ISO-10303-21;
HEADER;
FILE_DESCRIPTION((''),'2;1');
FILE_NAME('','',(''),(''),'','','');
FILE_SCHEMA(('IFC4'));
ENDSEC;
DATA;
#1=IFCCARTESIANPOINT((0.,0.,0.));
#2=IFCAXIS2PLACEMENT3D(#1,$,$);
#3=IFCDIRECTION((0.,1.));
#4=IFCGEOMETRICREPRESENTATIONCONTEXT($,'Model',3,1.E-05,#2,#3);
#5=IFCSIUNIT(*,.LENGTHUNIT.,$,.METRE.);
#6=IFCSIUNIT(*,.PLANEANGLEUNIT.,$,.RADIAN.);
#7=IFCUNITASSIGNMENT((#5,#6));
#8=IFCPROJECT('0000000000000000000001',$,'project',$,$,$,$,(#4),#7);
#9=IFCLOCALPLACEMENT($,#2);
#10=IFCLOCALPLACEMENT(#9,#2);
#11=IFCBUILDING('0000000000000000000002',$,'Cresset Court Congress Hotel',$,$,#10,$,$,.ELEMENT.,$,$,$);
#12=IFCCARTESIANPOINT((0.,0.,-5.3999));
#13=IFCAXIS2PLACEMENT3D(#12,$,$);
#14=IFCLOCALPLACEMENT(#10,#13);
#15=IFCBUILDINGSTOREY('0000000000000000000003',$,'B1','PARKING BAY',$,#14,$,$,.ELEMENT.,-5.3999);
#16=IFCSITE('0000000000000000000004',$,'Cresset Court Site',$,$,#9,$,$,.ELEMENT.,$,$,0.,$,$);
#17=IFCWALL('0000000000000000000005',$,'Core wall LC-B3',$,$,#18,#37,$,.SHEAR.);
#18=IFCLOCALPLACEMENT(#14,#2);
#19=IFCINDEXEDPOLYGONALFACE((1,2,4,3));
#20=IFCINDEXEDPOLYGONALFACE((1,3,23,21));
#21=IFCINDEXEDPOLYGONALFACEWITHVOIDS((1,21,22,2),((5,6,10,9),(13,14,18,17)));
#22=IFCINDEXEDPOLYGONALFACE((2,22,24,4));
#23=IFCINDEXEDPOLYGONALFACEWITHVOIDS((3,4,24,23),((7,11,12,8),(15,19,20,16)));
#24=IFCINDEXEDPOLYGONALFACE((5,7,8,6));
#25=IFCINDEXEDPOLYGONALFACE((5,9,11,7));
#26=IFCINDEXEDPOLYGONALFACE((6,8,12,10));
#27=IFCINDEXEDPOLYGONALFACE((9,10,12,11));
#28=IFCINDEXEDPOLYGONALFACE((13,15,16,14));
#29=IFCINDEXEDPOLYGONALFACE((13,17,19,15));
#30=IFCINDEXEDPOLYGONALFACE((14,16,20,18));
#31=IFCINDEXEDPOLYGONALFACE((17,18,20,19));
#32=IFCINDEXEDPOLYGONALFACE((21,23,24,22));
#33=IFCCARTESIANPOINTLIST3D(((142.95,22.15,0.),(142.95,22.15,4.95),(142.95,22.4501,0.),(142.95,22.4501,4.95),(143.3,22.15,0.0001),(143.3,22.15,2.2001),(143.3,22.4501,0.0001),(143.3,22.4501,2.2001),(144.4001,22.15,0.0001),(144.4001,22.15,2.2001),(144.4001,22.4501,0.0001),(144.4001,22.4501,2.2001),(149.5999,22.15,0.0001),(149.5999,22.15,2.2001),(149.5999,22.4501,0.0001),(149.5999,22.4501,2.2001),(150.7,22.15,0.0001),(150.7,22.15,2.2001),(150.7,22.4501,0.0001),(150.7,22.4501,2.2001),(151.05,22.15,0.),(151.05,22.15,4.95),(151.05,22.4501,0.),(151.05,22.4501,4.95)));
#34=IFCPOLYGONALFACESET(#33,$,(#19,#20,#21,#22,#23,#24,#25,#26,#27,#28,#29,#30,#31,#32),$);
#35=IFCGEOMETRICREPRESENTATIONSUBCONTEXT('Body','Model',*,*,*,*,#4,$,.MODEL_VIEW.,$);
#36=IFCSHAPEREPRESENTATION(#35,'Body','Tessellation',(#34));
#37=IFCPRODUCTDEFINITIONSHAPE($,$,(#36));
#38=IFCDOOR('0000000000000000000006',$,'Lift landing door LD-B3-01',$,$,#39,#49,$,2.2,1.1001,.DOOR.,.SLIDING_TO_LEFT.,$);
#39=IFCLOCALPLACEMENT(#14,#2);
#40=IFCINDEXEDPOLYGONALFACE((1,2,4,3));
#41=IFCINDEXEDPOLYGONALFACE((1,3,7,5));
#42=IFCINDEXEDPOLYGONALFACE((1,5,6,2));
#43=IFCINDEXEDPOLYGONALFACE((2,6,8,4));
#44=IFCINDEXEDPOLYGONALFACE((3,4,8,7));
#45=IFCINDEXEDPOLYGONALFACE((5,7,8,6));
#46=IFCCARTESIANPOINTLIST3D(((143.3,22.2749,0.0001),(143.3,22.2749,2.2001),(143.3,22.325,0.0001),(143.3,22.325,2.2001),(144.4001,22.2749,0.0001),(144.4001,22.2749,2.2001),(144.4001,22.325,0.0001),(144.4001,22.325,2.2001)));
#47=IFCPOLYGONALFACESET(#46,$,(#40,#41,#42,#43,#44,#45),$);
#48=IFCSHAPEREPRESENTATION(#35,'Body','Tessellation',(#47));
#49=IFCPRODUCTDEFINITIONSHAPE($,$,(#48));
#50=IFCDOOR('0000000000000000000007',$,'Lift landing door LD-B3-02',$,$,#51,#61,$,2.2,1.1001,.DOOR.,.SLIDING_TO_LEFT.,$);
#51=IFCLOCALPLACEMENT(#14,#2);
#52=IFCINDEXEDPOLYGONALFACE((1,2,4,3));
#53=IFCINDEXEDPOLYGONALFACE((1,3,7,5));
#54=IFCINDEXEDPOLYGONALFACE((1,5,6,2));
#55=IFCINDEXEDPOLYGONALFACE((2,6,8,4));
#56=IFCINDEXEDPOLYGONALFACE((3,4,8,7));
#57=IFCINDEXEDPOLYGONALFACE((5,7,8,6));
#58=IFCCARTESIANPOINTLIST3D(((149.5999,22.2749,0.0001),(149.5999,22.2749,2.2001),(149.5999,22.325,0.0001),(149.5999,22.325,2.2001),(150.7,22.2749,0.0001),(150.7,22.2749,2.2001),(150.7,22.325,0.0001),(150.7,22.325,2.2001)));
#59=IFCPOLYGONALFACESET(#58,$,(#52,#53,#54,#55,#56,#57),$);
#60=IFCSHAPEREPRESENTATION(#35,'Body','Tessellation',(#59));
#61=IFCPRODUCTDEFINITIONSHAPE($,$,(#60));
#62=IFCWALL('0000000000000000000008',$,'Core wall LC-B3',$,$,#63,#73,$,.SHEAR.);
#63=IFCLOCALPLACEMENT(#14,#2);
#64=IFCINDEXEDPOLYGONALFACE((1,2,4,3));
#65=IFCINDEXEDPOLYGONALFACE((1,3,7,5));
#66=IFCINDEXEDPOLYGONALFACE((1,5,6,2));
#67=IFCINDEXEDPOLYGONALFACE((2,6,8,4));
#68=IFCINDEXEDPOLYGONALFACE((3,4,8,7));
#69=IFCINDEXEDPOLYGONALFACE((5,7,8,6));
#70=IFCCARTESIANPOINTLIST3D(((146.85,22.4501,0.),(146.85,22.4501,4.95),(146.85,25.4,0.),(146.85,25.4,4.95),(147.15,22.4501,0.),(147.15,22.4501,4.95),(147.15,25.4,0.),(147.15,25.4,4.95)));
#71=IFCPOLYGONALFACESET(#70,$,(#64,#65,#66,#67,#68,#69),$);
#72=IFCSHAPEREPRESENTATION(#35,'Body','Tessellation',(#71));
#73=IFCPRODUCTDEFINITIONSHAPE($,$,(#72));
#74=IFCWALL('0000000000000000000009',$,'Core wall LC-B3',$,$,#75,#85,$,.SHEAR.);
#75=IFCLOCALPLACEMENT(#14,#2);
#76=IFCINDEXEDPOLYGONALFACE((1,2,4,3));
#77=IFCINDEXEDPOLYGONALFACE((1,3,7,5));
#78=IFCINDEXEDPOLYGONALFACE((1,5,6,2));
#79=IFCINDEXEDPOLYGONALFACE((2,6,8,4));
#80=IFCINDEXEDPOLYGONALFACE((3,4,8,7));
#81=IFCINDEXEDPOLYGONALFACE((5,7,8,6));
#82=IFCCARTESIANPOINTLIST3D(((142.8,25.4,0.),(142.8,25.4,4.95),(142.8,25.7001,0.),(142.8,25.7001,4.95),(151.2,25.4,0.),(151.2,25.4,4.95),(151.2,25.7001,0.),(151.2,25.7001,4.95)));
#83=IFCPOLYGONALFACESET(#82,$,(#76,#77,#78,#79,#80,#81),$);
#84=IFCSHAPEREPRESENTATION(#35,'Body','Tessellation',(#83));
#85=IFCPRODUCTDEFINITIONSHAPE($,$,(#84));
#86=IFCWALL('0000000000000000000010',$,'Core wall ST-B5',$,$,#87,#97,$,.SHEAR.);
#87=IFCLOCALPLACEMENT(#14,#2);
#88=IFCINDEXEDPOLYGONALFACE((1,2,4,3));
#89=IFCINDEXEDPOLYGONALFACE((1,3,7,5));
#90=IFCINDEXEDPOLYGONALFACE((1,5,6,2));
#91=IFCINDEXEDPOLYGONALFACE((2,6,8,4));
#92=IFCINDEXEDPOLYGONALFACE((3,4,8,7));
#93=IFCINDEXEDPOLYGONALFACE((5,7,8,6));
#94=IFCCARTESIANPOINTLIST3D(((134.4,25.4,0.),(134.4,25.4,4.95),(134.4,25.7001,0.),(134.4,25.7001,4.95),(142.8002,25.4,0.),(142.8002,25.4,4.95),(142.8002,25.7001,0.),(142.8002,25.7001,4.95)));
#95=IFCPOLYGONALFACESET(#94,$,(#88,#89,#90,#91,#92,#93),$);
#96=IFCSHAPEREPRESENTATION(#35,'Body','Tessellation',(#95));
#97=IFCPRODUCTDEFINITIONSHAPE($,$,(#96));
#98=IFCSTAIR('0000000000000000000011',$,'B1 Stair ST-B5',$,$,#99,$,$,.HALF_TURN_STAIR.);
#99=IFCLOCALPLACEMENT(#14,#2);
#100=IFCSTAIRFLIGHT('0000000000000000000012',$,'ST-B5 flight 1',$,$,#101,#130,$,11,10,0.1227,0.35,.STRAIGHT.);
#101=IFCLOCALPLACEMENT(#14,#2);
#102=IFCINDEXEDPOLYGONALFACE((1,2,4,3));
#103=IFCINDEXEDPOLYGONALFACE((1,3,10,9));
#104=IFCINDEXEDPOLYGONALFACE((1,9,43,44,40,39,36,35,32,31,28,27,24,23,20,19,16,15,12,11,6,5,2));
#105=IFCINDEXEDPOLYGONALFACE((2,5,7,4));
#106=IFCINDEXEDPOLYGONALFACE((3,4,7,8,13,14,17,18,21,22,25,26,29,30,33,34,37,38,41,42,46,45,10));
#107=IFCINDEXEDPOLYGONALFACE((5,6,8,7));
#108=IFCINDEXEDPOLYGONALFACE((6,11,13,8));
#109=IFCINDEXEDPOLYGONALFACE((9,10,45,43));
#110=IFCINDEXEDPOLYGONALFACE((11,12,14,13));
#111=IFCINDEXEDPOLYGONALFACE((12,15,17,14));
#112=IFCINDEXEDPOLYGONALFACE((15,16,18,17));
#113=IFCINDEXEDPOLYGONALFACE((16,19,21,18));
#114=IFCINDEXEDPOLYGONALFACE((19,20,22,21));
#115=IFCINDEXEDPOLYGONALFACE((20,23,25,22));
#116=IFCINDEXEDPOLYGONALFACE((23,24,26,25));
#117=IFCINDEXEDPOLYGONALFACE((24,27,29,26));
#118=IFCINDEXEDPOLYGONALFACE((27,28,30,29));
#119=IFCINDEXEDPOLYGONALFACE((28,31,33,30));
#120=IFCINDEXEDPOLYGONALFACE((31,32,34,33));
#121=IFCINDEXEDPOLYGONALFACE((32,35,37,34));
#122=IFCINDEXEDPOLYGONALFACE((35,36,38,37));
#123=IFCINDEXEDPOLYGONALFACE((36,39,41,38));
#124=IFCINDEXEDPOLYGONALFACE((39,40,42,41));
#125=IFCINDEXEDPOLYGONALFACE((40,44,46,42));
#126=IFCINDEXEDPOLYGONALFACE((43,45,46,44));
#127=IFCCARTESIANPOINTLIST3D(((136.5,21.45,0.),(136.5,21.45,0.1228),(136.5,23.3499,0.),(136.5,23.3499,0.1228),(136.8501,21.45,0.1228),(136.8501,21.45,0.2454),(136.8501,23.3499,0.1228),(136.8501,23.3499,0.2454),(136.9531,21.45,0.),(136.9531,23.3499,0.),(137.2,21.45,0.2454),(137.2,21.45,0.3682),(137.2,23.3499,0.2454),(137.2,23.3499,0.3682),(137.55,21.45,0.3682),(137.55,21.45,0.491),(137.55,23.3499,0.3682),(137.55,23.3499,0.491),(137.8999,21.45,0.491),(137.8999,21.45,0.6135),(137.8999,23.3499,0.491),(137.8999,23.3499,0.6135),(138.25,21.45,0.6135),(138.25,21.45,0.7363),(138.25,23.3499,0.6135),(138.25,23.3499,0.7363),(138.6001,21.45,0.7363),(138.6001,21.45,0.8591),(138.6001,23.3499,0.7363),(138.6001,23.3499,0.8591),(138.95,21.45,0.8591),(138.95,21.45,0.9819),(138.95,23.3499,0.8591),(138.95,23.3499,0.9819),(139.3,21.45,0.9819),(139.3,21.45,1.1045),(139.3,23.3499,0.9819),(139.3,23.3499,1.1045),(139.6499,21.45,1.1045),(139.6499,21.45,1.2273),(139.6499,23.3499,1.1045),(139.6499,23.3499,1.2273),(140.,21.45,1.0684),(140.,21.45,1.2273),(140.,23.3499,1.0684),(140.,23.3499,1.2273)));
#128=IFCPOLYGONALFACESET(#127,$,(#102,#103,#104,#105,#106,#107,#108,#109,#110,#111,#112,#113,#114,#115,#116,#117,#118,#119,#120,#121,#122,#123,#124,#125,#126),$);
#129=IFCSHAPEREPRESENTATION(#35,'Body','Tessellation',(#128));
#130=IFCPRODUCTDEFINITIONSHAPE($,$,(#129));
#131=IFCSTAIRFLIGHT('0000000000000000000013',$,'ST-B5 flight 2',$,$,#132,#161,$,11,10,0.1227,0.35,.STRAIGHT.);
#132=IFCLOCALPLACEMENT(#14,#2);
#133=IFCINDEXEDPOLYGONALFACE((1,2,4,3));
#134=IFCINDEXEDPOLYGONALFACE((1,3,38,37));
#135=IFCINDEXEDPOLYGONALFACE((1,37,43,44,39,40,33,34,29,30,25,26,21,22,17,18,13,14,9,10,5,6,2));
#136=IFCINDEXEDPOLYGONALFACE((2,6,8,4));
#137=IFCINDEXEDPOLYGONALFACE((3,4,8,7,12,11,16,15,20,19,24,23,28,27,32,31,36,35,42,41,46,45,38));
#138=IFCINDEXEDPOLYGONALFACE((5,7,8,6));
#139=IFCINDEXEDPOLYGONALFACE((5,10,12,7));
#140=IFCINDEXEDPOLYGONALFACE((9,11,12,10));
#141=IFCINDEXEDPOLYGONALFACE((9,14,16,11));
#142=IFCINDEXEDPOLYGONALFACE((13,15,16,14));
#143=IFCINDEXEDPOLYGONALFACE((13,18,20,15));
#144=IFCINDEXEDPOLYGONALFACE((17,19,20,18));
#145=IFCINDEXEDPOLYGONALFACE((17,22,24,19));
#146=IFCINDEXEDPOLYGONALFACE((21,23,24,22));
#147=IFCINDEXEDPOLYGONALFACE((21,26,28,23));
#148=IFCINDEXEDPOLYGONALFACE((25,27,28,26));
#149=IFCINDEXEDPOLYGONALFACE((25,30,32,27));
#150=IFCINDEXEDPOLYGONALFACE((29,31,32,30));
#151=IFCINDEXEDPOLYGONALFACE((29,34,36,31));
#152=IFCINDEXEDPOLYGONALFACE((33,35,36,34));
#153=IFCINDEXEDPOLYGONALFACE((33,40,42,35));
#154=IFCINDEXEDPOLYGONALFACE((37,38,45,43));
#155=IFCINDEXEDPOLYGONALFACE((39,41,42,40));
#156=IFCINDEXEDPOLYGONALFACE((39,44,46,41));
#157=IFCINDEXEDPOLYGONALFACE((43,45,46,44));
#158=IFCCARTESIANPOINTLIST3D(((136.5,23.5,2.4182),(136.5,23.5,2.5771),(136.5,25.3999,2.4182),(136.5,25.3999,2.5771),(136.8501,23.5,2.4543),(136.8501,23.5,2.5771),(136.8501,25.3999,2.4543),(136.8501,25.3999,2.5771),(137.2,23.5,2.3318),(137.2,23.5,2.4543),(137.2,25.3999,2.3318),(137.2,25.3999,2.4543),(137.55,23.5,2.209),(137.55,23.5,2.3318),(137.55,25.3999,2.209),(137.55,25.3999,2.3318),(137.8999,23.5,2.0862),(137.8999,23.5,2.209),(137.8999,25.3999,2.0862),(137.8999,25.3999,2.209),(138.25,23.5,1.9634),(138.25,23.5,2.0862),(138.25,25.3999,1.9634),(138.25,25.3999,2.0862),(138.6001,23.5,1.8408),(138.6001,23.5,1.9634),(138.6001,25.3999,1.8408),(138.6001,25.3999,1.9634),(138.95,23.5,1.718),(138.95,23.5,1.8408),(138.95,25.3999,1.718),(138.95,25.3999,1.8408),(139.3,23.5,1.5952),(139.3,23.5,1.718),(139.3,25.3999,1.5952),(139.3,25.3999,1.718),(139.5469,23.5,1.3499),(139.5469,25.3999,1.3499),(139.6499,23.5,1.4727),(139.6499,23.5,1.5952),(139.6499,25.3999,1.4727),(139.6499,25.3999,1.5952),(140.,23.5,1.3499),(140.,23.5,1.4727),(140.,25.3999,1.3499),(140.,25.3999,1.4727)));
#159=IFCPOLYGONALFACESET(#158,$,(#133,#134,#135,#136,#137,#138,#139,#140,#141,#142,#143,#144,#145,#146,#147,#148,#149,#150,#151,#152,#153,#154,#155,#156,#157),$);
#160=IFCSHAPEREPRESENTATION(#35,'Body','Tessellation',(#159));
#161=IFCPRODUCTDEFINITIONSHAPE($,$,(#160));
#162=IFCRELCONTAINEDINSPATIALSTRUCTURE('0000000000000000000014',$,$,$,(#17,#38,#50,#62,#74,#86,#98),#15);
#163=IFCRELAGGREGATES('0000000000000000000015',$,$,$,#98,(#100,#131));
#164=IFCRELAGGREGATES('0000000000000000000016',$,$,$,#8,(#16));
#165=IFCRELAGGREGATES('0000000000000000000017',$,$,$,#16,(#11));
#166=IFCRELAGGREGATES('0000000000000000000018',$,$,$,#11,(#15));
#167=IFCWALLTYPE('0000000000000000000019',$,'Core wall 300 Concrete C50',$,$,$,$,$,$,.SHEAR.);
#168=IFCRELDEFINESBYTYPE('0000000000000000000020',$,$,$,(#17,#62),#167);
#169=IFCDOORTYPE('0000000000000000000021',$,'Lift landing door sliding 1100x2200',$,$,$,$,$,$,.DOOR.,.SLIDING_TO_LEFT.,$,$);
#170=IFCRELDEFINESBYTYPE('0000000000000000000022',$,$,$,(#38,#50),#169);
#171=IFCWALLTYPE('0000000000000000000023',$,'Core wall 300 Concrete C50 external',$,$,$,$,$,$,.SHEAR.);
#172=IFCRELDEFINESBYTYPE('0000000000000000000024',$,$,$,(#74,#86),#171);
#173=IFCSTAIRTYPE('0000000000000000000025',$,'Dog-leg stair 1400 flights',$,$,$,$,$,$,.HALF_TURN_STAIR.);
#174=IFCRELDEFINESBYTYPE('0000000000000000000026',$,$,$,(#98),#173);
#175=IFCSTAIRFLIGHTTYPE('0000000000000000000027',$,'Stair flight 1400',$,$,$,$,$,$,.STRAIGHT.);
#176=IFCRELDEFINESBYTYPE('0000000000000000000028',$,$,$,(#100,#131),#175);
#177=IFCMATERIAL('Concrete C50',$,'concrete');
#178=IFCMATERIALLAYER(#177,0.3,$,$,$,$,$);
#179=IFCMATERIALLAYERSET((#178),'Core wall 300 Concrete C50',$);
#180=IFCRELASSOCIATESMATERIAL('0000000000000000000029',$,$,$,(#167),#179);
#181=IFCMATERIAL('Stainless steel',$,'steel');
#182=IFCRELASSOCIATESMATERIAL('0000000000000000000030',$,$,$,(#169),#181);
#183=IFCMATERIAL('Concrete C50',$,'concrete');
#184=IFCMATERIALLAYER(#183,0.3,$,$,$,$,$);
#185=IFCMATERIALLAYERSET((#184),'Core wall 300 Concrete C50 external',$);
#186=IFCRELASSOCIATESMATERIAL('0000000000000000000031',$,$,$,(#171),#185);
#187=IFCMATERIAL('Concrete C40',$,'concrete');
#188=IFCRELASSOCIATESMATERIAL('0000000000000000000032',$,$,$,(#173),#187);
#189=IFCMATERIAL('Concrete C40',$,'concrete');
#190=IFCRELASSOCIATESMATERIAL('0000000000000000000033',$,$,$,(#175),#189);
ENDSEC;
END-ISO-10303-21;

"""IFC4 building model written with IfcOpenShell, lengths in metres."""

from ifc_helpers import new_model, si_unit, direction, frame, frame_2d, origin, place, context, subcontext, project, spatial, polyline, rectangle, outline, extrude, material, layer, layer_set, type_object, element, fill, aggregate, save


model = new_model("IFC4")

# Units and contexts
model_context = context("Model", 3, precision=1e-05, world=origin(), true_north=direction((0.0, 1.0)))
body_context = subcontext(model_context, "Body", "Model", "MODEL_VIEW")
ifc_project = project(units=[si_unit("LENGTHUNIT", "METRE"), si_unit("PLANEANGLEUNIT", "RADIAN")], contexts=[model_context])

# Site, building, storey
site_placement = place(None, origin())
site = spatial("IfcSite", under=ifc_project, at=site_placement, Name="Cresset Court Site", CompositionType="ELEMENT", RefElevation=0.0)
building_placement = place(site_placement, origin())
building = spatial("IfcBuilding", under=site, at=building_placement, Name="Cresset Court Congress Hotel", CompositionType="ELEMENT")
storey_placement = place(building_placement, frame((0.0, 0.0, -5.3999)))
storey = spatial("IfcBuildingStorey", under=building, at=storey_placement, Name="B1", Description="PARKING BAY", CompositionType="ELEMENT", Elevation=-5.3999)

# Wall, openings, doors
ifc_material_1 = material(Name="Concrete C50", Category="concrete")
ifc_layer_1 = layer(ifc_material_1, 0.3)
ifc_layer_set_1 = layer_set([ifc_layer_1], Name="Core wall 300 Concrete C50")
wall_type_1 = type_object("IfcWallType", Name="Core wall 300 Concrete C50", PredefinedType="SHEAR", material=ifc_layer_set_1)
wall_1_placement = place(storey_placement, frame((142.95, 22.3, 0.0), z_axis=(0.0, 0.0, 1.0), x_axis=(1.0, 0.0, 0.0)))
wall_1 = element("IfcWall", 1, at=wall_1_placement, inside=storey, type_object=wall_type_1, Name="Core wall LC-B3", PredefinedType="SHEAR", context=body_context, shape_type="SweptSolid", body=[
    extrude(rectangle(XDim=8.1001, YDim=0.3, at=frame_2d((4.05, 0.0))), origin(), (0.0, 0.0, 1.0), 4.95),
])
opening_1_placement = place(wall_1_placement, frame((0.3501, 0.0, 0.0)))
opening_1 = element("IfcOpeningElement", 2, at=opening_1_placement, cuts=wall_1, PredefinedType="OPENING", context=body_context, shape_type="SweptSolid", body=[
    extrude(rectangle(XDim=1.1001, YDim=2.2, at=frame_2d((0.55, 1.1001))), frame((0.0, 0.1599, 0.0), z_axis=(0.0, -1.0, 0.0), x_axis=(1.0, 0.0, 0.0)), (0.0, 0.0, 1.0), 0.3201),
])
opening_2_placement = place(wall_1_placement, frame((6.6499, 0.0, 0.0)))
opening_2 = element("IfcOpeningElement", 3, at=opening_2_placement, cuts=wall_1, PredefinedType="OPENING", context=body_context, shape_type="SweptSolid", body=[
    extrude(rectangle(XDim=1.1001, YDim=2.2, at=frame_2d((0.55, 1.1001))), frame((0.0, 0.1599, 0.0), z_axis=(0.0, -1.0, 0.0), x_axis=(1.0, 0.0, 0.0)), (0.0, 0.0, 1.0), 0.3201),
])
ifc_material_2 = material(Name="Stainless steel", Category="steel")
door_type = type_object("IfcDoorType", Name="Lift landing door sliding 1100x2200", OperationType="SLIDING_TO_LEFT", PredefinedType="DOOR", material=ifc_material_2)
door_1_placement = place(opening_1_placement, origin())
door_1 = element("IfcDoor", 4, at=door_1_placement, inside=storey, type_object=door_type, Name="Lift landing door LD-B3-01", OperationType="SLIDING_TO_LEFT", OverallHeight=2.2, OverallWidth=1.1001, PredefinedType="DOOR", context=body_context, shape_type="SweptSolid", body=[
    extrude(rectangle(XDim=1.1001, YDim=2.2, at=frame_2d((0.55, 1.1001))), frame((0.0, 0.0249, 0.0), z_axis=(0.0, -1.0, 0.0), x_axis=(1.0, 0.0, 0.0)), (0.0, 0.0, 1.0), 0.05),
])
fill(opening_1, door_1)
door_2_placement = place(opening_2_placement, origin())
door_2 = element("IfcDoor", 5, at=door_2_placement, inside=storey, type_object=door_type, Name="Lift landing door LD-B3-02", OperationType="SLIDING_TO_LEFT", OverallHeight=2.2, OverallWidth=1.1001, PredefinedType="DOOR", context=body_context, shape_type="SweptSolid", body=[
    extrude(rectangle(XDim=1.1001, YDim=2.2, at=frame_2d((0.55, 1.1001))), frame((0.0, 0.0249, 0.0), z_axis=(0.0, -1.0, 0.0), x_axis=(1.0, 0.0, 0.0)), (0.0, 0.0, 1.0), 0.05),
])
fill(opening_2, door_2)

# Walls
wall_2_placement = place(storey_placement, frame((147.0, 22.45, 0.0), z_axis=(0.0, 0.0, 1.0), x_axis=(0.0, 1.0, 0.0)))
element("IfcWall", 6, at=wall_2_placement, inside=storey, type_object=wall_type_1, Name="Core wall LC-B3", PredefinedType="SHEAR", context=body_context, shape_type="SweptSolid", body=[
    extrude(rectangle(XDim=2.95, YDim=0.3, at=frame_2d((1.4751, 0.0))), origin(), (0.0, 0.0, 1.0), 4.95),
])
ifc_material_3 = material(Name="Concrete C50", Category="concrete")
ifc_layer_2 = layer(ifc_material_3, 0.3)
ifc_layer_set_2 = layer_set([ifc_layer_2], Name="Core wall 300 Concrete C50 external")
wall_type_2 = type_object("IfcWallType", Name="Core wall 300 Concrete C50 external", PredefinedType="SHEAR", material=ifc_layer_set_2)
wall_3_placement = place(storey_placement, frame((142.8, 25.55, 0.0), z_axis=(0.0, 0.0, 1.0), x_axis=(1.0, 0.0, 0.0)))
element("IfcWall", 7, at=wall_3_placement, inside=storey, type_object=wall_type_2, Name="Core wall LC-B3", PredefinedType="SHEAR", context=body_context, shape_type="SweptSolid", body=[
    extrude(rectangle(XDim=8.3999, YDim=0.3, at=frame_2d((4.2, 0.0))), origin(), (0.0, 0.0, 1.0), 4.95),
])
wall_4_placement = place(storey_placement, frame((134.3999, 25.55, 0.0), z_axis=(0.0, 0.0, 1.0), x_axis=(1.0, 0.0, 0.0)))
element("IfcWall", 8, at=wall_4_placement, inside=storey, type_object=wall_type_2, Name="Core wall ST-B5", PredefinedType="SHEAR", context=body_context, shape_type="SweptSolid", body=[
    extrude(rectangle(XDim=8.4001, YDim=0.3, at=frame_2d((4.2002, 0.0))), origin(), (0.0, 0.0, 1.0), 4.95),
])

# Stair, stair flights
ifc_material_4 = material(Name="Concrete C40", Category="concrete")
stair_type = type_object("IfcStairType", Name="Dog-leg stair 1400 flights", PredefinedType="HALF_TURN_STAIR", material=ifc_material_4)
stair_placement = place(storey_placement, origin())
stair = element("IfcStair", 9, at=stair_placement, inside=storey, type_object=stair_type, Name="B1 Stair ST-B5", PredefinedType="HALF_TURN_STAIR")
ifc_material_5 = material(Name="Concrete C40", Category="concrete")
stair_flight_type = type_object("IfcStairFlightType", Name="Stair flight 1400", PredefinedType="STRAIGHT", material=ifc_material_5)
stair_flight_1_placement = place(storey_placement, frame((136.5, 22.3999, 0.0), z_axis=(0.0, 0.0, 1.0), x_axis=(1.0, 0.0, 0.0)))
stair_flight_1 = element("IfcStairFlight", 10, at=stair_flight_1_placement, type_object=stair_flight_type, Name="ST-B5 flight 1", NumberOfRisers=11, NumberOfTreads=10, PredefinedType="STRAIGHT", RiserHeight=0.1227, TreadLength=0.35, context=body_context, shape_type="SweptSolid", body=[
    extrude(outline(polyline([(0.0, 0.0), (0.0, 0.1228), (0.3501, 0.1228), (0.3501, 0.2454), (0.7, 0.2454), (0.7, 0.3682), (1.05, 0.3682), (1.05, 0.491), (1.3999, 0.491), (1.3999, 0.6135), (1.75, 0.6135), (1.75, 0.7363), (2.1001, 0.7363), (2.1001, 0.8591), (2.45, 0.8591), (2.45, 0.9819), (2.8, 0.9819), (2.8, 1.1045), (3.1499, 1.1045), (3.1499, 1.2273), (3.5, 1.2273), (3.5, 1.3501), (3.5, 1.0684), (0.4531, 0.0), (0.0, 0.0)])), frame((0.0, 0.95, 0.0), z_axis=(0.0, -1.0, 0.0), x_axis=(1.0, 0.0, 0.0)), (0.0, 0.0, 1.0), 1.8999),
])
stair_flight_2_placement = place(storey_placement, frame((140.0, 24.45, 1.3499), z_axis=(0.0, 0.0, 1.0), x_axis=(-1.0, 0.0, 0.0)))
stair_flight_2 = element("IfcStairFlight", 11, at=stair_flight_2_placement, type_object=stair_flight_type, Name="ST-B5 flight 2", NumberOfRisers=11, NumberOfTreads=10, PredefinedType="STRAIGHT", RiserHeight=0.1227, TreadLength=0.35, context=body_context, shape_type="SweptSolid", body=[
    extrude(outline(polyline([(0.0, 0.0), (0.0, 0.1228), (0.3501, 0.1228), (0.3501, 0.2454), (0.7, 0.2454), (0.7, 0.3682), (1.05, 0.3682), (1.05, 0.491), (1.3999, 0.491), (1.3999, 0.6135), (1.75, 0.6135), (1.75, 0.7363), (2.1001, 0.7363), (2.1001, 0.8591), (2.45, 0.8591), (2.45, 0.9819), (2.8, 0.9819), (2.8, 1.1045), (3.1499, 1.1045), (3.1499, 1.2273), (3.5, 1.2273), (3.5, 1.3501), (3.5, 1.0684), (0.4531, 0.0), (0.0, 0.0)])), frame((0.0, 0.95, 0.0), z_axis=(0.0, -1.0, 0.0), x_axis=(1.0, 0.0, 0.0)), (0.0, 0.0, 1.0), 1.8999),
])
aggregate(stair, [stair_flight_1, stair_flight_2])

save(model, "model.ifc")
